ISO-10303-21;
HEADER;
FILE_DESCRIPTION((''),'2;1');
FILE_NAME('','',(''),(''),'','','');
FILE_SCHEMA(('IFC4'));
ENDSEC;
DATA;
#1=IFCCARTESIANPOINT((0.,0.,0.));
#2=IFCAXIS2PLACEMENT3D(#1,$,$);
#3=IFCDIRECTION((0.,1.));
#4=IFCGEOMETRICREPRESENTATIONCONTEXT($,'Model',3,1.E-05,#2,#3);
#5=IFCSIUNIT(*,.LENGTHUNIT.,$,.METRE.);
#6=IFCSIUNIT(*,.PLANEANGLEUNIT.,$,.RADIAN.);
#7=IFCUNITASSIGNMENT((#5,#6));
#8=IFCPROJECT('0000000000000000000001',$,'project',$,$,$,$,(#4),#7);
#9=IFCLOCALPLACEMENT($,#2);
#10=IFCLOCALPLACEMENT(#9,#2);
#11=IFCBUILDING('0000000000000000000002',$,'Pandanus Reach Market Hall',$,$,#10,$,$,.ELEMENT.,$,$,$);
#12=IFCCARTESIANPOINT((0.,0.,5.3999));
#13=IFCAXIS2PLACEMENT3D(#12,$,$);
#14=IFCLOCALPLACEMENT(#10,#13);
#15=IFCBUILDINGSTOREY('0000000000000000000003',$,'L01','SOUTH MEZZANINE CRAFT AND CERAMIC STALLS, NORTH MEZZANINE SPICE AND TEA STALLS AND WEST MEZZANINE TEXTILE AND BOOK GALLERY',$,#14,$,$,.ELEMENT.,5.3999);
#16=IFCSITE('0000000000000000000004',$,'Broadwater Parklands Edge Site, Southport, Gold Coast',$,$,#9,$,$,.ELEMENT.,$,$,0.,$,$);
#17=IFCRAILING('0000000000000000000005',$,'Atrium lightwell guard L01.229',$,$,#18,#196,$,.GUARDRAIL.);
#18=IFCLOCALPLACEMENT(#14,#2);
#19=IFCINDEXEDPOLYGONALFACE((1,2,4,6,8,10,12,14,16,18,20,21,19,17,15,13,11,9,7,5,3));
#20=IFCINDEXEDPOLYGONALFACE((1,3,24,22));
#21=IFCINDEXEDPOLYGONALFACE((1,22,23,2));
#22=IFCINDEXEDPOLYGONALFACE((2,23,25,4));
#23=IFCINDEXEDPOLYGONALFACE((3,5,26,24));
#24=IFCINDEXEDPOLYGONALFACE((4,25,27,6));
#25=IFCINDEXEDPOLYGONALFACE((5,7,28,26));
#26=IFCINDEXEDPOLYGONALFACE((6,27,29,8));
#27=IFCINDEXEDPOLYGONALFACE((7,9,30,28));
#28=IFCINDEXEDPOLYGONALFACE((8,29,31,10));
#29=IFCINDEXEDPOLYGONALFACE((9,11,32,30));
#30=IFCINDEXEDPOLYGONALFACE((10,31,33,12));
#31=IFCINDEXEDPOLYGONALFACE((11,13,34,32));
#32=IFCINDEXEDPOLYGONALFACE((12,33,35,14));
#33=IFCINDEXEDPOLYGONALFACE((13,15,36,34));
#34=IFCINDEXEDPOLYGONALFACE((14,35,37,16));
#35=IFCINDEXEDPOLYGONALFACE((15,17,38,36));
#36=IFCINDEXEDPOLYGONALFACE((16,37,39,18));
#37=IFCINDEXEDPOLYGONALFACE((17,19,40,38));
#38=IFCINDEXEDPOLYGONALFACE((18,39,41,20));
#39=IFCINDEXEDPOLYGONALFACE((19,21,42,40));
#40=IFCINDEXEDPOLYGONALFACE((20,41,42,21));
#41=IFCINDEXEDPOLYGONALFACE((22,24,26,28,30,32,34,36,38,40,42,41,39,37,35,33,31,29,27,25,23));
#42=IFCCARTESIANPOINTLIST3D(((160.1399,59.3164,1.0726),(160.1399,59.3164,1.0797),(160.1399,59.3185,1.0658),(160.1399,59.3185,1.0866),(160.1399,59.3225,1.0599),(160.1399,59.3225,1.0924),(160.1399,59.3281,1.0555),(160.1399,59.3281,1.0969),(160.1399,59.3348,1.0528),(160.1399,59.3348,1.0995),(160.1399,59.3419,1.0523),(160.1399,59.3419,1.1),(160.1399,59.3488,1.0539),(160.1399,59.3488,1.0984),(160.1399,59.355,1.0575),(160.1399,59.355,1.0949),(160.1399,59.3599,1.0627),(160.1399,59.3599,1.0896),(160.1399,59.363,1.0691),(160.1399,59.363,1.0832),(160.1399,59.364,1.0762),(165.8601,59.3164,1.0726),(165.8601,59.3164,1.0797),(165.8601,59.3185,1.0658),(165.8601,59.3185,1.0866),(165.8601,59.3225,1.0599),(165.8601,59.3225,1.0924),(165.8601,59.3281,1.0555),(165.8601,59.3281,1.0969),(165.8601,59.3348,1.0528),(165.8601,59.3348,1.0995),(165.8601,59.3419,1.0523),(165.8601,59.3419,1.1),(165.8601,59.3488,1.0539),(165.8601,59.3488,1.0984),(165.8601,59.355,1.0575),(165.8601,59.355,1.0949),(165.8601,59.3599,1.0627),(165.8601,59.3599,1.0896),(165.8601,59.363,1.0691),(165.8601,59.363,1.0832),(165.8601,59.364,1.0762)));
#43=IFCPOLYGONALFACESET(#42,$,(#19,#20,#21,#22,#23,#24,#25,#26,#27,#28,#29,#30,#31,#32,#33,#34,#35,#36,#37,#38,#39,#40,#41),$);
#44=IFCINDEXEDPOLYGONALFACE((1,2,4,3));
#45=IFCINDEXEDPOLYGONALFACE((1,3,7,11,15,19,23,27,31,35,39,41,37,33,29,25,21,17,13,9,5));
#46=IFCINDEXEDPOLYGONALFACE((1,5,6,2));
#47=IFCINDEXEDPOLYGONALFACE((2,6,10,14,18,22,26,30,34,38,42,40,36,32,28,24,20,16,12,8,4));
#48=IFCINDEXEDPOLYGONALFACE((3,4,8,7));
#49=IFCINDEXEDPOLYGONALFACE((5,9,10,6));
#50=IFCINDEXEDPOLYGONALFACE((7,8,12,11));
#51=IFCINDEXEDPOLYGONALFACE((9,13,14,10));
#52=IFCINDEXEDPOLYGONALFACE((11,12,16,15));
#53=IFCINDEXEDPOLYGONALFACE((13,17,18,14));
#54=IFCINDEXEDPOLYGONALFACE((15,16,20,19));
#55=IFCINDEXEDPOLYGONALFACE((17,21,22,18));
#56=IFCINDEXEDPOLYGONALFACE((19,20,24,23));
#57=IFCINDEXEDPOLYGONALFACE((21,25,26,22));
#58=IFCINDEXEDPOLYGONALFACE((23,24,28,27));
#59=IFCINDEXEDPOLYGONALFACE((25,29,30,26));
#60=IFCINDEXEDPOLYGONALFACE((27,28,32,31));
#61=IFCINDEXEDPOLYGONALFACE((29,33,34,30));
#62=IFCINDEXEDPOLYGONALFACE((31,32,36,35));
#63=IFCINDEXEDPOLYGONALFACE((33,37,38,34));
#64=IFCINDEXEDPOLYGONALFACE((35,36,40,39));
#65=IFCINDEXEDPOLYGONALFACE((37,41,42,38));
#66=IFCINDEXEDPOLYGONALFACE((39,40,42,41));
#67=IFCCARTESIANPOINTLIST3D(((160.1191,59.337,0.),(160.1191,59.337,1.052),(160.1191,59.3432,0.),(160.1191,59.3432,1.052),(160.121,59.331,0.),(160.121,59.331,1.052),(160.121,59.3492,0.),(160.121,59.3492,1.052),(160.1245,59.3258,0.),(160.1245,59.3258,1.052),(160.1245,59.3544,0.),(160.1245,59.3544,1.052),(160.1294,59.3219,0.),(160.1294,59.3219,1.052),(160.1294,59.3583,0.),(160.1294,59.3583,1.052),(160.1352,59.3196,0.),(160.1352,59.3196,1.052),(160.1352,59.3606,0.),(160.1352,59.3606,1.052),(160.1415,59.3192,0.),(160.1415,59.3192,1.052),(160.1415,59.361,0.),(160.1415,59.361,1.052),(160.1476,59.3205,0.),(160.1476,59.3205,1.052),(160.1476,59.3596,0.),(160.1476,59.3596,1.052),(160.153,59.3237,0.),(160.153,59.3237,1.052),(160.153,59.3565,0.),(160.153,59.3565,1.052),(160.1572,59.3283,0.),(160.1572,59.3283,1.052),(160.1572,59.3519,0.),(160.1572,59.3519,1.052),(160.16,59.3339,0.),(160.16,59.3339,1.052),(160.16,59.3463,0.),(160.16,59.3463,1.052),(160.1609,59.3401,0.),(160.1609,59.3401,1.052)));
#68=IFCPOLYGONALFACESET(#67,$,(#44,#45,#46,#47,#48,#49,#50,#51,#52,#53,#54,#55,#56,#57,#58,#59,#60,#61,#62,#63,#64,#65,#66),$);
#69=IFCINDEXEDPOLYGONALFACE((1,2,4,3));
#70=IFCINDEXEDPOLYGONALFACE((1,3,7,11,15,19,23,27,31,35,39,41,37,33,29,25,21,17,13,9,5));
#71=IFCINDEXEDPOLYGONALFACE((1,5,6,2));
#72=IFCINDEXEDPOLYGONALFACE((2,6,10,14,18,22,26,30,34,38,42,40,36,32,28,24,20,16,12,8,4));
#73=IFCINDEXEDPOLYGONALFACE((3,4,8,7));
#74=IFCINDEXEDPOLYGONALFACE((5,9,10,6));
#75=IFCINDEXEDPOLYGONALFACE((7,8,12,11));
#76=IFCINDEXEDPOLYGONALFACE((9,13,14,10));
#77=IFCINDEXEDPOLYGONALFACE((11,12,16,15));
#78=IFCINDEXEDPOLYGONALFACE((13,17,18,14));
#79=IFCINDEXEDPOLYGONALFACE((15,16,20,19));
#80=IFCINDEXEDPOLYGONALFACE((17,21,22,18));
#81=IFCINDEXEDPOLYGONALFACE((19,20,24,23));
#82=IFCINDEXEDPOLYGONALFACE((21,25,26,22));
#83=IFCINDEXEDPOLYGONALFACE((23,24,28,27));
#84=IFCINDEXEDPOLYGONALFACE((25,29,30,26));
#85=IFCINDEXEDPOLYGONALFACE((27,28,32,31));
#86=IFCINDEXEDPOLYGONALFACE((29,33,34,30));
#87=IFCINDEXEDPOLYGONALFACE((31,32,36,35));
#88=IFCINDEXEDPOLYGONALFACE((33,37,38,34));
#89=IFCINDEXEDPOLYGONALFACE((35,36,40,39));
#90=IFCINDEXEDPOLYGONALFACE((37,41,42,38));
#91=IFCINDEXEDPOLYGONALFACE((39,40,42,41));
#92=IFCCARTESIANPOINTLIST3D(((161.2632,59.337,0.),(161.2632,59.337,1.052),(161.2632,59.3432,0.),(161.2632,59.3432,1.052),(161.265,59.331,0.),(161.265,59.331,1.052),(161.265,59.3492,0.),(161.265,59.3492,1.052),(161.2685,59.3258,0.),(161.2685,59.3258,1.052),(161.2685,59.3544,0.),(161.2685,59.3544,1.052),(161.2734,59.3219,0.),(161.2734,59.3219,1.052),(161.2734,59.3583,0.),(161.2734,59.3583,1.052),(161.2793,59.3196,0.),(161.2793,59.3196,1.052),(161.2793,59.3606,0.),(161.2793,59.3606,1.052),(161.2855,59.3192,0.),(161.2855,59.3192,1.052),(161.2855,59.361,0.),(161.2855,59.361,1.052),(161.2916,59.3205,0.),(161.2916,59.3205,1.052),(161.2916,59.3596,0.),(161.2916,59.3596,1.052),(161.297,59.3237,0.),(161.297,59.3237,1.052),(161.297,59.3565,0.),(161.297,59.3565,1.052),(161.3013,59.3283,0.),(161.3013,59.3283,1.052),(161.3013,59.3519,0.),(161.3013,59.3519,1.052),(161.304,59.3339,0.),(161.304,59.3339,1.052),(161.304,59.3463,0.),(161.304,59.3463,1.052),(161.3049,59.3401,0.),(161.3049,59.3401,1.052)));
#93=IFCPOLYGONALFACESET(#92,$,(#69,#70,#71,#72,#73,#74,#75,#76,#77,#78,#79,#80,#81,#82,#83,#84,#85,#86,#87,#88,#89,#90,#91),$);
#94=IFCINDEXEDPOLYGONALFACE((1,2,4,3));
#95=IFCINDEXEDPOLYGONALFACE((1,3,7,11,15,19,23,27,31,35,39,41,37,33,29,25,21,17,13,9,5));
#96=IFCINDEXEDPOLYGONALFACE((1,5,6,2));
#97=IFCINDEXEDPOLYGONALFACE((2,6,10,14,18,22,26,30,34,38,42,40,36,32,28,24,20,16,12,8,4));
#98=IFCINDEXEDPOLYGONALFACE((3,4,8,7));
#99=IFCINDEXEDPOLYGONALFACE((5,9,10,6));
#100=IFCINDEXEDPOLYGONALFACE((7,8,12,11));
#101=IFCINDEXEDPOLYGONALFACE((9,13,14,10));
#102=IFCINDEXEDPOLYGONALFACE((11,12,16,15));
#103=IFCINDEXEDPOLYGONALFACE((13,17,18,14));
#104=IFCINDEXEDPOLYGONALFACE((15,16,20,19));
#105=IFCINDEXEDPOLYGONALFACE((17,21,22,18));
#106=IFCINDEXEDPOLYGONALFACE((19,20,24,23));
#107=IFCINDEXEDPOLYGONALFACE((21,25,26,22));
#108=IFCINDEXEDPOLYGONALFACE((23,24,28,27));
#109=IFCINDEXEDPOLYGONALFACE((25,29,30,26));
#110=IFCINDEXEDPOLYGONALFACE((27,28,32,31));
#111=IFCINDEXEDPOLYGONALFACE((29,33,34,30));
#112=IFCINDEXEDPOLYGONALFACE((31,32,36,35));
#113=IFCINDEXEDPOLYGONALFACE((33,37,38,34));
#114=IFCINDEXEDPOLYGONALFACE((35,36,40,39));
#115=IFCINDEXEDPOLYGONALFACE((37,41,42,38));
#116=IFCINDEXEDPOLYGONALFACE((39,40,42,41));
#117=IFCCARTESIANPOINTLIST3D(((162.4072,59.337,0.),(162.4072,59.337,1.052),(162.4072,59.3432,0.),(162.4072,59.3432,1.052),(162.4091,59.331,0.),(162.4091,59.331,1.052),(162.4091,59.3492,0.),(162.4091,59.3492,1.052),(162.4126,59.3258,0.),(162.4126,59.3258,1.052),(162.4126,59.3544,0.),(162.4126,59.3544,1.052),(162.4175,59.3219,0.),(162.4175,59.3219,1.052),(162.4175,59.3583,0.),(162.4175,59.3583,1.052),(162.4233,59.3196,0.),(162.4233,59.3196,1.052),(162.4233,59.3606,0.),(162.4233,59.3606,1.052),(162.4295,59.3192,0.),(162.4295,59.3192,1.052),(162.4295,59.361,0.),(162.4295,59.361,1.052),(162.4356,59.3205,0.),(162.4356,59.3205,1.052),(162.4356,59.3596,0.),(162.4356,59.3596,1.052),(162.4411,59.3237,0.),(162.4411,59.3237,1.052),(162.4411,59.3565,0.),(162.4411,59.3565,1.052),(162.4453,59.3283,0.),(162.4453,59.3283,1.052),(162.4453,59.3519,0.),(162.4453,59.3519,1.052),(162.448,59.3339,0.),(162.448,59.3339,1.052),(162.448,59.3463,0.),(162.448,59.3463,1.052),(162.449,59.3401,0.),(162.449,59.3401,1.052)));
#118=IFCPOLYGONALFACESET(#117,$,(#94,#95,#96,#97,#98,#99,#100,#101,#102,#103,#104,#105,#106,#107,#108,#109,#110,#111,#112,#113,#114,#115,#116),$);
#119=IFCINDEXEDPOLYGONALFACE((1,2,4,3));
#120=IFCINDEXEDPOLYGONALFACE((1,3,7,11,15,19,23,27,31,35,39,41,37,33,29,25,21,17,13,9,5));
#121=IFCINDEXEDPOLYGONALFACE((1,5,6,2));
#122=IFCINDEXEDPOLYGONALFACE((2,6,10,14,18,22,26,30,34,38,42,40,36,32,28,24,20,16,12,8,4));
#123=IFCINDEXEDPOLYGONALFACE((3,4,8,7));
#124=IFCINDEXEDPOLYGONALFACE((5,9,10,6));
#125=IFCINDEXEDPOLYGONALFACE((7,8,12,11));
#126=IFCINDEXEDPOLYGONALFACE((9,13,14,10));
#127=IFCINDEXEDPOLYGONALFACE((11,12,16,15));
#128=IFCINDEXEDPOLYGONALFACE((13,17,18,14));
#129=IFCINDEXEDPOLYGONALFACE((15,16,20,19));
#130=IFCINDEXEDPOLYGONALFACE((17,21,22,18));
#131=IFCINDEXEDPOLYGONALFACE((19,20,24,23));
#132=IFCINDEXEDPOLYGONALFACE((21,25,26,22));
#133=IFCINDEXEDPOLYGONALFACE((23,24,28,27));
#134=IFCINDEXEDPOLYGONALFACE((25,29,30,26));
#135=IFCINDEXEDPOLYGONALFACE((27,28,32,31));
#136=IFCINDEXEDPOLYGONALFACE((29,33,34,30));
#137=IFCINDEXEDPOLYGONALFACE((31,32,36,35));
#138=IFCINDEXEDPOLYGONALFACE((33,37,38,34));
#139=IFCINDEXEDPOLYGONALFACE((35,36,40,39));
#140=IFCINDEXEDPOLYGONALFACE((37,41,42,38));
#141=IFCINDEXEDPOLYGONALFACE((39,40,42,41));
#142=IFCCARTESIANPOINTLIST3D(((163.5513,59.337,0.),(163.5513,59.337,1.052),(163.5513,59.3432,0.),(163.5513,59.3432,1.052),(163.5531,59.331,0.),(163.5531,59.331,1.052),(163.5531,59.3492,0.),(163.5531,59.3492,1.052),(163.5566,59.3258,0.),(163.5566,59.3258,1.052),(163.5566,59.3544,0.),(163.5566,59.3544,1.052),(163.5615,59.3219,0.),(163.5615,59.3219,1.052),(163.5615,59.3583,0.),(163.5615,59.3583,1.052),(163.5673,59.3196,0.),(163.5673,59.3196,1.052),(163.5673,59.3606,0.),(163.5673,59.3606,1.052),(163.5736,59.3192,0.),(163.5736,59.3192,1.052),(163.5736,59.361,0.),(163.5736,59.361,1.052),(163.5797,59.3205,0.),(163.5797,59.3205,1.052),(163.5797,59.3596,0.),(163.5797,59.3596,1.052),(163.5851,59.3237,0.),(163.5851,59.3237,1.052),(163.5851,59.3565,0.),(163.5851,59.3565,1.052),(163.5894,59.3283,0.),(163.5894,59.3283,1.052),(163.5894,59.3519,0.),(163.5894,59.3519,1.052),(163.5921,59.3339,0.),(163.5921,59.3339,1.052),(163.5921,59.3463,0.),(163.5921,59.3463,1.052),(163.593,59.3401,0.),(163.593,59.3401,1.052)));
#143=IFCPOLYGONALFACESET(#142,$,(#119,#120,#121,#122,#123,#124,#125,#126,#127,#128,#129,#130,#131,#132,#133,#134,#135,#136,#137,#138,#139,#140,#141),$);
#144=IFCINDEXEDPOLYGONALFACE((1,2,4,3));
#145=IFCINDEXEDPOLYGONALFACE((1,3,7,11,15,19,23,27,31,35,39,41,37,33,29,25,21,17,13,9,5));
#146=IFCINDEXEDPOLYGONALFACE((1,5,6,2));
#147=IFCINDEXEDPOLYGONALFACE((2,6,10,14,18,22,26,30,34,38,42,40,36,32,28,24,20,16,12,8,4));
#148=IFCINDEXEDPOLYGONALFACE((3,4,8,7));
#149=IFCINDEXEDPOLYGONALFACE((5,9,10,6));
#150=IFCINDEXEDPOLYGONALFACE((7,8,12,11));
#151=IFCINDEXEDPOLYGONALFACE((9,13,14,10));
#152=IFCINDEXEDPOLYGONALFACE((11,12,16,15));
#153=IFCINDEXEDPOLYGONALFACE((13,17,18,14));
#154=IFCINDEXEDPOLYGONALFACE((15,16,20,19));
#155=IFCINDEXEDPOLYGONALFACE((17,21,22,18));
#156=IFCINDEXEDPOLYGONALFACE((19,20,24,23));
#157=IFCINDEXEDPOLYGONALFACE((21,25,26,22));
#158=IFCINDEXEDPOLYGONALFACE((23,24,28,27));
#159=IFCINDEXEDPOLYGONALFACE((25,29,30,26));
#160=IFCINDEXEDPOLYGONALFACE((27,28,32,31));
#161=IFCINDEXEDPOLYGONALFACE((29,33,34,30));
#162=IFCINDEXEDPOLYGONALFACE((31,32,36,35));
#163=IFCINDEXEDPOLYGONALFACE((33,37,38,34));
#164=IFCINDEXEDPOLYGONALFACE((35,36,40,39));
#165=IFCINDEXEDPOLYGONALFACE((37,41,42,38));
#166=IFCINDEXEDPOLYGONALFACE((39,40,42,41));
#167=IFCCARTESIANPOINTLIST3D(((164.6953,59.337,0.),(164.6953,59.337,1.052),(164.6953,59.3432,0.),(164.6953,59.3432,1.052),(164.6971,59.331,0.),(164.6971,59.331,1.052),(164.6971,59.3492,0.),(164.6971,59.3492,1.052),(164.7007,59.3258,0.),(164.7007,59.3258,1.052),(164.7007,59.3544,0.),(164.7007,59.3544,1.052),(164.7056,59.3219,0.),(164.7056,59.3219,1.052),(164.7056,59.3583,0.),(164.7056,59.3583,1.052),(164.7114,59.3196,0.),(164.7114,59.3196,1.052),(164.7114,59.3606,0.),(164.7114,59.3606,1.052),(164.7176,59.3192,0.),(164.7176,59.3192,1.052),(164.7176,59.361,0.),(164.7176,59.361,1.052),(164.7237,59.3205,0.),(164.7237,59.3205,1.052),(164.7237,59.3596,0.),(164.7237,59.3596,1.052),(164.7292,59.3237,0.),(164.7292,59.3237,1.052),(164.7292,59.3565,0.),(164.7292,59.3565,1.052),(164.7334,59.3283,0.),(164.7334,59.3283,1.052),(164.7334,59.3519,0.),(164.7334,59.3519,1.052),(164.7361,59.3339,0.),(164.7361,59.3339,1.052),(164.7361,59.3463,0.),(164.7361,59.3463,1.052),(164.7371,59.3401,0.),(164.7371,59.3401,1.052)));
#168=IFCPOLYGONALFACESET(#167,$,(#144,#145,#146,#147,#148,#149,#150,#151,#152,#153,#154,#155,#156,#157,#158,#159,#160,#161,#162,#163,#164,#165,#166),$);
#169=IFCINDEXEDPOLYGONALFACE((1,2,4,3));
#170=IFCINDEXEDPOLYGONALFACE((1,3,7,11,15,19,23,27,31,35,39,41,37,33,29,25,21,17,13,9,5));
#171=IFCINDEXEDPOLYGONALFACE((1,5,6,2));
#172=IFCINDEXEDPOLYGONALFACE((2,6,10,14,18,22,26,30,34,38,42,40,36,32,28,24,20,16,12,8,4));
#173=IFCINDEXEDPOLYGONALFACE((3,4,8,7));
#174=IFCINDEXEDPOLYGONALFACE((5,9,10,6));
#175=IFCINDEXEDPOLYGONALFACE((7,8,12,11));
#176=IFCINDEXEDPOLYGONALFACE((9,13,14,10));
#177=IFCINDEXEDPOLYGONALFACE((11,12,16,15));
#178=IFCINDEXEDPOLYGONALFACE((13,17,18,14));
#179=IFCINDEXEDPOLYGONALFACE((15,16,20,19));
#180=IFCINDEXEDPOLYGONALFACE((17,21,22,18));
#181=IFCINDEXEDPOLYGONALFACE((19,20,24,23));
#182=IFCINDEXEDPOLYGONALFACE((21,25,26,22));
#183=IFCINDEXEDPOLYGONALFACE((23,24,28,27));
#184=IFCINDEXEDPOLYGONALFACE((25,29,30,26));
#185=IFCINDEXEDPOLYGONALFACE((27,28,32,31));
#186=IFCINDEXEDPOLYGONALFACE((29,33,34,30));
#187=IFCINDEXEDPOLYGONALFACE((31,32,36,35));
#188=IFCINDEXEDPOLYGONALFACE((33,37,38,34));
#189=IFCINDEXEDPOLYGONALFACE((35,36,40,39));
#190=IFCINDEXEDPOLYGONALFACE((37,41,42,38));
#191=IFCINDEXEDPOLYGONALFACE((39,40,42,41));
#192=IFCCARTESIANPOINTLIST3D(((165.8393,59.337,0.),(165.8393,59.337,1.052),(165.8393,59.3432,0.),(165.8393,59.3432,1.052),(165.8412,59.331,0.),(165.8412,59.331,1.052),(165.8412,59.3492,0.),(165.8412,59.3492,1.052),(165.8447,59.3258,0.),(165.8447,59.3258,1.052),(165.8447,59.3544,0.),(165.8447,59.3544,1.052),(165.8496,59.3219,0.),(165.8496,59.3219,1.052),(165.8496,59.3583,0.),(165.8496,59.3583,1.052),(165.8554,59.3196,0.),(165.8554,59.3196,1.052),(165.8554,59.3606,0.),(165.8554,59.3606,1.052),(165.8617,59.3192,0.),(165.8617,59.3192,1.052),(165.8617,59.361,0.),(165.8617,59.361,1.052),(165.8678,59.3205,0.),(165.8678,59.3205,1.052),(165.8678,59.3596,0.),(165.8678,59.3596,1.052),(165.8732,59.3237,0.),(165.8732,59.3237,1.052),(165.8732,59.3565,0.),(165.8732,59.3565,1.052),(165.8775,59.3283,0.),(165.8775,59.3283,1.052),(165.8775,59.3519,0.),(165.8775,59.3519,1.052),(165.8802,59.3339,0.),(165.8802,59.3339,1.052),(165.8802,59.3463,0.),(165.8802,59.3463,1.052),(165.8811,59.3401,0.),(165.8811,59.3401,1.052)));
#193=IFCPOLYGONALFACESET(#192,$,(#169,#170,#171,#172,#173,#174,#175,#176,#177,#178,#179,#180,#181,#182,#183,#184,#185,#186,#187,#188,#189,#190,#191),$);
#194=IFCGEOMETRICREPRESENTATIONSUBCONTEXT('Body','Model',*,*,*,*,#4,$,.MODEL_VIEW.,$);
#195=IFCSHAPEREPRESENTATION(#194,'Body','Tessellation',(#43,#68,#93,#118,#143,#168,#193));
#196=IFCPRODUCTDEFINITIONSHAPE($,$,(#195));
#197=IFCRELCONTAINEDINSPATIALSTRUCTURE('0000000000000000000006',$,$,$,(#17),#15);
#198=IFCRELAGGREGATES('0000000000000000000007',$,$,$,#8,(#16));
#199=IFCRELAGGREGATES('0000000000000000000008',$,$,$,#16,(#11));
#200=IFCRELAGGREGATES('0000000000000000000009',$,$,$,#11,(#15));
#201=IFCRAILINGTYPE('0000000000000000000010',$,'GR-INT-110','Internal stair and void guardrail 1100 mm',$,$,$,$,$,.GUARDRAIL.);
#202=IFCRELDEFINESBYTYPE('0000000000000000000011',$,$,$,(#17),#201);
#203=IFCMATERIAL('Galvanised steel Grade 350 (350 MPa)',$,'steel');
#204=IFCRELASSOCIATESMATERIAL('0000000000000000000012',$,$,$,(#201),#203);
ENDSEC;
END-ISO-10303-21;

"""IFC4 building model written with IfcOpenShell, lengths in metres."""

from ifc_helpers import new_model, si_unit, direction, frame, origin, origin_2d, place, context, subcontext, project, spatial, circle, extrude, material, type_object, element, save


model = new_model("IFC4")

# Units and contexts
model_context = context("Model", 3, precision=1e-05, world=origin(), true_north=direction((0.0, 1.0)))
body_context = subcontext(model_context, "Body", "Model", "MODEL_VIEW")
ifc_project = project(units=[si_unit("LENGTHUNIT", "METRE"), si_unit("PLANEANGLEUNIT", "RADIAN")], contexts=[model_context])

# Site, building, storey
site_placement = place(None, origin())
site = spatial("IfcSite", under=ifc_project, at=site_placement, Name="Broadwater Parklands Edge Site, Southport, Gold Coast", CompositionType="ELEMENT", RefElevation=0.0)
building_placement = place(site_placement, origin())
building = spatial("IfcBuilding", under=site, at=building_placement, Name="Pandanus Reach Market Hall", CompositionType="ELEMENT")
storey_placement = place(building_placement, frame((0.0, 0.0, 5.3999)))
storey = spatial("IfcBuildingStorey", under=building, at=storey_placement, Name="L01", Description="SOUTH MEZZANINE CRAFT AND CERAMIC STALLS, NORTH MEZZANINE SPICE AND TEA STALLS AND WEST MEZZANINE TEXTILE AND BOOK GALLERY", CompositionType="ELEMENT", Elevation=5.3999)

# Railing
ifc_material_1 = material(Name="Galvanised steel Grade 350 (350 MPa)", Category="steel")
railing_type = type_object("IfcRailingType", Name="GR-INT-110", Description="Internal stair and void guardrail 1100 mm", PredefinedType="GUARDRAIL", material=ifc_material_1)
railing_1_placement = place(storey_placement, frame((160.1399, 59.3401, 0.0)))
element("IfcRailing", 1, at=railing_1_placement, inside=storey, type_object=railing_type, Name="Atrium lightwell guard L01.229", PredefinedType="GUARDRAIL", context=body_context, shape_type="SweptSolid", body=[
    extrude(circle(Radius=0.0239, at=origin_2d()), frame((0.0, 0.0, 1.0762), z_axis=(1.0, 0.0, 0.0), x_axis=(0.0, 1.0, 0.0)), (0.0, 0.0, 1.0), 5.7202),
    extrude(circle(Radius=0.021, at=origin_2d()), origin(), (0.0, 0.0, 1.0), 1.052),
    extrude(circle(Radius=0.021, at=origin_2d()), frame((1.144, 0.0, 0.0)), (0.0, 0.0, 1.0), 1.052),
    extrude(circle(Radius=0.021, at=origin_2d()), frame((2.2881, 0.0, 0.0)), (0.0, 0.0, 1.0), 1.052),
    extrude(circle(Radius=0.021, at=origin_2d()), frame((3.4321, 0.0, 0.0)), (0.0, 0.0, 1.0), 1.052),
    extrude(circle(Radius=0.021, at=origin_2d()), frame((4.5762, 0.0, 0.0)), (0.0, 0.0, 1.0), 1.052),
    extrude(circle(Radius=0.021, at=origin_2d()), frame((5.7202, 0.0, 0.0)), (0.0, 0.0, 1.0), 1.052),
])

save(model, "model.ifc")
